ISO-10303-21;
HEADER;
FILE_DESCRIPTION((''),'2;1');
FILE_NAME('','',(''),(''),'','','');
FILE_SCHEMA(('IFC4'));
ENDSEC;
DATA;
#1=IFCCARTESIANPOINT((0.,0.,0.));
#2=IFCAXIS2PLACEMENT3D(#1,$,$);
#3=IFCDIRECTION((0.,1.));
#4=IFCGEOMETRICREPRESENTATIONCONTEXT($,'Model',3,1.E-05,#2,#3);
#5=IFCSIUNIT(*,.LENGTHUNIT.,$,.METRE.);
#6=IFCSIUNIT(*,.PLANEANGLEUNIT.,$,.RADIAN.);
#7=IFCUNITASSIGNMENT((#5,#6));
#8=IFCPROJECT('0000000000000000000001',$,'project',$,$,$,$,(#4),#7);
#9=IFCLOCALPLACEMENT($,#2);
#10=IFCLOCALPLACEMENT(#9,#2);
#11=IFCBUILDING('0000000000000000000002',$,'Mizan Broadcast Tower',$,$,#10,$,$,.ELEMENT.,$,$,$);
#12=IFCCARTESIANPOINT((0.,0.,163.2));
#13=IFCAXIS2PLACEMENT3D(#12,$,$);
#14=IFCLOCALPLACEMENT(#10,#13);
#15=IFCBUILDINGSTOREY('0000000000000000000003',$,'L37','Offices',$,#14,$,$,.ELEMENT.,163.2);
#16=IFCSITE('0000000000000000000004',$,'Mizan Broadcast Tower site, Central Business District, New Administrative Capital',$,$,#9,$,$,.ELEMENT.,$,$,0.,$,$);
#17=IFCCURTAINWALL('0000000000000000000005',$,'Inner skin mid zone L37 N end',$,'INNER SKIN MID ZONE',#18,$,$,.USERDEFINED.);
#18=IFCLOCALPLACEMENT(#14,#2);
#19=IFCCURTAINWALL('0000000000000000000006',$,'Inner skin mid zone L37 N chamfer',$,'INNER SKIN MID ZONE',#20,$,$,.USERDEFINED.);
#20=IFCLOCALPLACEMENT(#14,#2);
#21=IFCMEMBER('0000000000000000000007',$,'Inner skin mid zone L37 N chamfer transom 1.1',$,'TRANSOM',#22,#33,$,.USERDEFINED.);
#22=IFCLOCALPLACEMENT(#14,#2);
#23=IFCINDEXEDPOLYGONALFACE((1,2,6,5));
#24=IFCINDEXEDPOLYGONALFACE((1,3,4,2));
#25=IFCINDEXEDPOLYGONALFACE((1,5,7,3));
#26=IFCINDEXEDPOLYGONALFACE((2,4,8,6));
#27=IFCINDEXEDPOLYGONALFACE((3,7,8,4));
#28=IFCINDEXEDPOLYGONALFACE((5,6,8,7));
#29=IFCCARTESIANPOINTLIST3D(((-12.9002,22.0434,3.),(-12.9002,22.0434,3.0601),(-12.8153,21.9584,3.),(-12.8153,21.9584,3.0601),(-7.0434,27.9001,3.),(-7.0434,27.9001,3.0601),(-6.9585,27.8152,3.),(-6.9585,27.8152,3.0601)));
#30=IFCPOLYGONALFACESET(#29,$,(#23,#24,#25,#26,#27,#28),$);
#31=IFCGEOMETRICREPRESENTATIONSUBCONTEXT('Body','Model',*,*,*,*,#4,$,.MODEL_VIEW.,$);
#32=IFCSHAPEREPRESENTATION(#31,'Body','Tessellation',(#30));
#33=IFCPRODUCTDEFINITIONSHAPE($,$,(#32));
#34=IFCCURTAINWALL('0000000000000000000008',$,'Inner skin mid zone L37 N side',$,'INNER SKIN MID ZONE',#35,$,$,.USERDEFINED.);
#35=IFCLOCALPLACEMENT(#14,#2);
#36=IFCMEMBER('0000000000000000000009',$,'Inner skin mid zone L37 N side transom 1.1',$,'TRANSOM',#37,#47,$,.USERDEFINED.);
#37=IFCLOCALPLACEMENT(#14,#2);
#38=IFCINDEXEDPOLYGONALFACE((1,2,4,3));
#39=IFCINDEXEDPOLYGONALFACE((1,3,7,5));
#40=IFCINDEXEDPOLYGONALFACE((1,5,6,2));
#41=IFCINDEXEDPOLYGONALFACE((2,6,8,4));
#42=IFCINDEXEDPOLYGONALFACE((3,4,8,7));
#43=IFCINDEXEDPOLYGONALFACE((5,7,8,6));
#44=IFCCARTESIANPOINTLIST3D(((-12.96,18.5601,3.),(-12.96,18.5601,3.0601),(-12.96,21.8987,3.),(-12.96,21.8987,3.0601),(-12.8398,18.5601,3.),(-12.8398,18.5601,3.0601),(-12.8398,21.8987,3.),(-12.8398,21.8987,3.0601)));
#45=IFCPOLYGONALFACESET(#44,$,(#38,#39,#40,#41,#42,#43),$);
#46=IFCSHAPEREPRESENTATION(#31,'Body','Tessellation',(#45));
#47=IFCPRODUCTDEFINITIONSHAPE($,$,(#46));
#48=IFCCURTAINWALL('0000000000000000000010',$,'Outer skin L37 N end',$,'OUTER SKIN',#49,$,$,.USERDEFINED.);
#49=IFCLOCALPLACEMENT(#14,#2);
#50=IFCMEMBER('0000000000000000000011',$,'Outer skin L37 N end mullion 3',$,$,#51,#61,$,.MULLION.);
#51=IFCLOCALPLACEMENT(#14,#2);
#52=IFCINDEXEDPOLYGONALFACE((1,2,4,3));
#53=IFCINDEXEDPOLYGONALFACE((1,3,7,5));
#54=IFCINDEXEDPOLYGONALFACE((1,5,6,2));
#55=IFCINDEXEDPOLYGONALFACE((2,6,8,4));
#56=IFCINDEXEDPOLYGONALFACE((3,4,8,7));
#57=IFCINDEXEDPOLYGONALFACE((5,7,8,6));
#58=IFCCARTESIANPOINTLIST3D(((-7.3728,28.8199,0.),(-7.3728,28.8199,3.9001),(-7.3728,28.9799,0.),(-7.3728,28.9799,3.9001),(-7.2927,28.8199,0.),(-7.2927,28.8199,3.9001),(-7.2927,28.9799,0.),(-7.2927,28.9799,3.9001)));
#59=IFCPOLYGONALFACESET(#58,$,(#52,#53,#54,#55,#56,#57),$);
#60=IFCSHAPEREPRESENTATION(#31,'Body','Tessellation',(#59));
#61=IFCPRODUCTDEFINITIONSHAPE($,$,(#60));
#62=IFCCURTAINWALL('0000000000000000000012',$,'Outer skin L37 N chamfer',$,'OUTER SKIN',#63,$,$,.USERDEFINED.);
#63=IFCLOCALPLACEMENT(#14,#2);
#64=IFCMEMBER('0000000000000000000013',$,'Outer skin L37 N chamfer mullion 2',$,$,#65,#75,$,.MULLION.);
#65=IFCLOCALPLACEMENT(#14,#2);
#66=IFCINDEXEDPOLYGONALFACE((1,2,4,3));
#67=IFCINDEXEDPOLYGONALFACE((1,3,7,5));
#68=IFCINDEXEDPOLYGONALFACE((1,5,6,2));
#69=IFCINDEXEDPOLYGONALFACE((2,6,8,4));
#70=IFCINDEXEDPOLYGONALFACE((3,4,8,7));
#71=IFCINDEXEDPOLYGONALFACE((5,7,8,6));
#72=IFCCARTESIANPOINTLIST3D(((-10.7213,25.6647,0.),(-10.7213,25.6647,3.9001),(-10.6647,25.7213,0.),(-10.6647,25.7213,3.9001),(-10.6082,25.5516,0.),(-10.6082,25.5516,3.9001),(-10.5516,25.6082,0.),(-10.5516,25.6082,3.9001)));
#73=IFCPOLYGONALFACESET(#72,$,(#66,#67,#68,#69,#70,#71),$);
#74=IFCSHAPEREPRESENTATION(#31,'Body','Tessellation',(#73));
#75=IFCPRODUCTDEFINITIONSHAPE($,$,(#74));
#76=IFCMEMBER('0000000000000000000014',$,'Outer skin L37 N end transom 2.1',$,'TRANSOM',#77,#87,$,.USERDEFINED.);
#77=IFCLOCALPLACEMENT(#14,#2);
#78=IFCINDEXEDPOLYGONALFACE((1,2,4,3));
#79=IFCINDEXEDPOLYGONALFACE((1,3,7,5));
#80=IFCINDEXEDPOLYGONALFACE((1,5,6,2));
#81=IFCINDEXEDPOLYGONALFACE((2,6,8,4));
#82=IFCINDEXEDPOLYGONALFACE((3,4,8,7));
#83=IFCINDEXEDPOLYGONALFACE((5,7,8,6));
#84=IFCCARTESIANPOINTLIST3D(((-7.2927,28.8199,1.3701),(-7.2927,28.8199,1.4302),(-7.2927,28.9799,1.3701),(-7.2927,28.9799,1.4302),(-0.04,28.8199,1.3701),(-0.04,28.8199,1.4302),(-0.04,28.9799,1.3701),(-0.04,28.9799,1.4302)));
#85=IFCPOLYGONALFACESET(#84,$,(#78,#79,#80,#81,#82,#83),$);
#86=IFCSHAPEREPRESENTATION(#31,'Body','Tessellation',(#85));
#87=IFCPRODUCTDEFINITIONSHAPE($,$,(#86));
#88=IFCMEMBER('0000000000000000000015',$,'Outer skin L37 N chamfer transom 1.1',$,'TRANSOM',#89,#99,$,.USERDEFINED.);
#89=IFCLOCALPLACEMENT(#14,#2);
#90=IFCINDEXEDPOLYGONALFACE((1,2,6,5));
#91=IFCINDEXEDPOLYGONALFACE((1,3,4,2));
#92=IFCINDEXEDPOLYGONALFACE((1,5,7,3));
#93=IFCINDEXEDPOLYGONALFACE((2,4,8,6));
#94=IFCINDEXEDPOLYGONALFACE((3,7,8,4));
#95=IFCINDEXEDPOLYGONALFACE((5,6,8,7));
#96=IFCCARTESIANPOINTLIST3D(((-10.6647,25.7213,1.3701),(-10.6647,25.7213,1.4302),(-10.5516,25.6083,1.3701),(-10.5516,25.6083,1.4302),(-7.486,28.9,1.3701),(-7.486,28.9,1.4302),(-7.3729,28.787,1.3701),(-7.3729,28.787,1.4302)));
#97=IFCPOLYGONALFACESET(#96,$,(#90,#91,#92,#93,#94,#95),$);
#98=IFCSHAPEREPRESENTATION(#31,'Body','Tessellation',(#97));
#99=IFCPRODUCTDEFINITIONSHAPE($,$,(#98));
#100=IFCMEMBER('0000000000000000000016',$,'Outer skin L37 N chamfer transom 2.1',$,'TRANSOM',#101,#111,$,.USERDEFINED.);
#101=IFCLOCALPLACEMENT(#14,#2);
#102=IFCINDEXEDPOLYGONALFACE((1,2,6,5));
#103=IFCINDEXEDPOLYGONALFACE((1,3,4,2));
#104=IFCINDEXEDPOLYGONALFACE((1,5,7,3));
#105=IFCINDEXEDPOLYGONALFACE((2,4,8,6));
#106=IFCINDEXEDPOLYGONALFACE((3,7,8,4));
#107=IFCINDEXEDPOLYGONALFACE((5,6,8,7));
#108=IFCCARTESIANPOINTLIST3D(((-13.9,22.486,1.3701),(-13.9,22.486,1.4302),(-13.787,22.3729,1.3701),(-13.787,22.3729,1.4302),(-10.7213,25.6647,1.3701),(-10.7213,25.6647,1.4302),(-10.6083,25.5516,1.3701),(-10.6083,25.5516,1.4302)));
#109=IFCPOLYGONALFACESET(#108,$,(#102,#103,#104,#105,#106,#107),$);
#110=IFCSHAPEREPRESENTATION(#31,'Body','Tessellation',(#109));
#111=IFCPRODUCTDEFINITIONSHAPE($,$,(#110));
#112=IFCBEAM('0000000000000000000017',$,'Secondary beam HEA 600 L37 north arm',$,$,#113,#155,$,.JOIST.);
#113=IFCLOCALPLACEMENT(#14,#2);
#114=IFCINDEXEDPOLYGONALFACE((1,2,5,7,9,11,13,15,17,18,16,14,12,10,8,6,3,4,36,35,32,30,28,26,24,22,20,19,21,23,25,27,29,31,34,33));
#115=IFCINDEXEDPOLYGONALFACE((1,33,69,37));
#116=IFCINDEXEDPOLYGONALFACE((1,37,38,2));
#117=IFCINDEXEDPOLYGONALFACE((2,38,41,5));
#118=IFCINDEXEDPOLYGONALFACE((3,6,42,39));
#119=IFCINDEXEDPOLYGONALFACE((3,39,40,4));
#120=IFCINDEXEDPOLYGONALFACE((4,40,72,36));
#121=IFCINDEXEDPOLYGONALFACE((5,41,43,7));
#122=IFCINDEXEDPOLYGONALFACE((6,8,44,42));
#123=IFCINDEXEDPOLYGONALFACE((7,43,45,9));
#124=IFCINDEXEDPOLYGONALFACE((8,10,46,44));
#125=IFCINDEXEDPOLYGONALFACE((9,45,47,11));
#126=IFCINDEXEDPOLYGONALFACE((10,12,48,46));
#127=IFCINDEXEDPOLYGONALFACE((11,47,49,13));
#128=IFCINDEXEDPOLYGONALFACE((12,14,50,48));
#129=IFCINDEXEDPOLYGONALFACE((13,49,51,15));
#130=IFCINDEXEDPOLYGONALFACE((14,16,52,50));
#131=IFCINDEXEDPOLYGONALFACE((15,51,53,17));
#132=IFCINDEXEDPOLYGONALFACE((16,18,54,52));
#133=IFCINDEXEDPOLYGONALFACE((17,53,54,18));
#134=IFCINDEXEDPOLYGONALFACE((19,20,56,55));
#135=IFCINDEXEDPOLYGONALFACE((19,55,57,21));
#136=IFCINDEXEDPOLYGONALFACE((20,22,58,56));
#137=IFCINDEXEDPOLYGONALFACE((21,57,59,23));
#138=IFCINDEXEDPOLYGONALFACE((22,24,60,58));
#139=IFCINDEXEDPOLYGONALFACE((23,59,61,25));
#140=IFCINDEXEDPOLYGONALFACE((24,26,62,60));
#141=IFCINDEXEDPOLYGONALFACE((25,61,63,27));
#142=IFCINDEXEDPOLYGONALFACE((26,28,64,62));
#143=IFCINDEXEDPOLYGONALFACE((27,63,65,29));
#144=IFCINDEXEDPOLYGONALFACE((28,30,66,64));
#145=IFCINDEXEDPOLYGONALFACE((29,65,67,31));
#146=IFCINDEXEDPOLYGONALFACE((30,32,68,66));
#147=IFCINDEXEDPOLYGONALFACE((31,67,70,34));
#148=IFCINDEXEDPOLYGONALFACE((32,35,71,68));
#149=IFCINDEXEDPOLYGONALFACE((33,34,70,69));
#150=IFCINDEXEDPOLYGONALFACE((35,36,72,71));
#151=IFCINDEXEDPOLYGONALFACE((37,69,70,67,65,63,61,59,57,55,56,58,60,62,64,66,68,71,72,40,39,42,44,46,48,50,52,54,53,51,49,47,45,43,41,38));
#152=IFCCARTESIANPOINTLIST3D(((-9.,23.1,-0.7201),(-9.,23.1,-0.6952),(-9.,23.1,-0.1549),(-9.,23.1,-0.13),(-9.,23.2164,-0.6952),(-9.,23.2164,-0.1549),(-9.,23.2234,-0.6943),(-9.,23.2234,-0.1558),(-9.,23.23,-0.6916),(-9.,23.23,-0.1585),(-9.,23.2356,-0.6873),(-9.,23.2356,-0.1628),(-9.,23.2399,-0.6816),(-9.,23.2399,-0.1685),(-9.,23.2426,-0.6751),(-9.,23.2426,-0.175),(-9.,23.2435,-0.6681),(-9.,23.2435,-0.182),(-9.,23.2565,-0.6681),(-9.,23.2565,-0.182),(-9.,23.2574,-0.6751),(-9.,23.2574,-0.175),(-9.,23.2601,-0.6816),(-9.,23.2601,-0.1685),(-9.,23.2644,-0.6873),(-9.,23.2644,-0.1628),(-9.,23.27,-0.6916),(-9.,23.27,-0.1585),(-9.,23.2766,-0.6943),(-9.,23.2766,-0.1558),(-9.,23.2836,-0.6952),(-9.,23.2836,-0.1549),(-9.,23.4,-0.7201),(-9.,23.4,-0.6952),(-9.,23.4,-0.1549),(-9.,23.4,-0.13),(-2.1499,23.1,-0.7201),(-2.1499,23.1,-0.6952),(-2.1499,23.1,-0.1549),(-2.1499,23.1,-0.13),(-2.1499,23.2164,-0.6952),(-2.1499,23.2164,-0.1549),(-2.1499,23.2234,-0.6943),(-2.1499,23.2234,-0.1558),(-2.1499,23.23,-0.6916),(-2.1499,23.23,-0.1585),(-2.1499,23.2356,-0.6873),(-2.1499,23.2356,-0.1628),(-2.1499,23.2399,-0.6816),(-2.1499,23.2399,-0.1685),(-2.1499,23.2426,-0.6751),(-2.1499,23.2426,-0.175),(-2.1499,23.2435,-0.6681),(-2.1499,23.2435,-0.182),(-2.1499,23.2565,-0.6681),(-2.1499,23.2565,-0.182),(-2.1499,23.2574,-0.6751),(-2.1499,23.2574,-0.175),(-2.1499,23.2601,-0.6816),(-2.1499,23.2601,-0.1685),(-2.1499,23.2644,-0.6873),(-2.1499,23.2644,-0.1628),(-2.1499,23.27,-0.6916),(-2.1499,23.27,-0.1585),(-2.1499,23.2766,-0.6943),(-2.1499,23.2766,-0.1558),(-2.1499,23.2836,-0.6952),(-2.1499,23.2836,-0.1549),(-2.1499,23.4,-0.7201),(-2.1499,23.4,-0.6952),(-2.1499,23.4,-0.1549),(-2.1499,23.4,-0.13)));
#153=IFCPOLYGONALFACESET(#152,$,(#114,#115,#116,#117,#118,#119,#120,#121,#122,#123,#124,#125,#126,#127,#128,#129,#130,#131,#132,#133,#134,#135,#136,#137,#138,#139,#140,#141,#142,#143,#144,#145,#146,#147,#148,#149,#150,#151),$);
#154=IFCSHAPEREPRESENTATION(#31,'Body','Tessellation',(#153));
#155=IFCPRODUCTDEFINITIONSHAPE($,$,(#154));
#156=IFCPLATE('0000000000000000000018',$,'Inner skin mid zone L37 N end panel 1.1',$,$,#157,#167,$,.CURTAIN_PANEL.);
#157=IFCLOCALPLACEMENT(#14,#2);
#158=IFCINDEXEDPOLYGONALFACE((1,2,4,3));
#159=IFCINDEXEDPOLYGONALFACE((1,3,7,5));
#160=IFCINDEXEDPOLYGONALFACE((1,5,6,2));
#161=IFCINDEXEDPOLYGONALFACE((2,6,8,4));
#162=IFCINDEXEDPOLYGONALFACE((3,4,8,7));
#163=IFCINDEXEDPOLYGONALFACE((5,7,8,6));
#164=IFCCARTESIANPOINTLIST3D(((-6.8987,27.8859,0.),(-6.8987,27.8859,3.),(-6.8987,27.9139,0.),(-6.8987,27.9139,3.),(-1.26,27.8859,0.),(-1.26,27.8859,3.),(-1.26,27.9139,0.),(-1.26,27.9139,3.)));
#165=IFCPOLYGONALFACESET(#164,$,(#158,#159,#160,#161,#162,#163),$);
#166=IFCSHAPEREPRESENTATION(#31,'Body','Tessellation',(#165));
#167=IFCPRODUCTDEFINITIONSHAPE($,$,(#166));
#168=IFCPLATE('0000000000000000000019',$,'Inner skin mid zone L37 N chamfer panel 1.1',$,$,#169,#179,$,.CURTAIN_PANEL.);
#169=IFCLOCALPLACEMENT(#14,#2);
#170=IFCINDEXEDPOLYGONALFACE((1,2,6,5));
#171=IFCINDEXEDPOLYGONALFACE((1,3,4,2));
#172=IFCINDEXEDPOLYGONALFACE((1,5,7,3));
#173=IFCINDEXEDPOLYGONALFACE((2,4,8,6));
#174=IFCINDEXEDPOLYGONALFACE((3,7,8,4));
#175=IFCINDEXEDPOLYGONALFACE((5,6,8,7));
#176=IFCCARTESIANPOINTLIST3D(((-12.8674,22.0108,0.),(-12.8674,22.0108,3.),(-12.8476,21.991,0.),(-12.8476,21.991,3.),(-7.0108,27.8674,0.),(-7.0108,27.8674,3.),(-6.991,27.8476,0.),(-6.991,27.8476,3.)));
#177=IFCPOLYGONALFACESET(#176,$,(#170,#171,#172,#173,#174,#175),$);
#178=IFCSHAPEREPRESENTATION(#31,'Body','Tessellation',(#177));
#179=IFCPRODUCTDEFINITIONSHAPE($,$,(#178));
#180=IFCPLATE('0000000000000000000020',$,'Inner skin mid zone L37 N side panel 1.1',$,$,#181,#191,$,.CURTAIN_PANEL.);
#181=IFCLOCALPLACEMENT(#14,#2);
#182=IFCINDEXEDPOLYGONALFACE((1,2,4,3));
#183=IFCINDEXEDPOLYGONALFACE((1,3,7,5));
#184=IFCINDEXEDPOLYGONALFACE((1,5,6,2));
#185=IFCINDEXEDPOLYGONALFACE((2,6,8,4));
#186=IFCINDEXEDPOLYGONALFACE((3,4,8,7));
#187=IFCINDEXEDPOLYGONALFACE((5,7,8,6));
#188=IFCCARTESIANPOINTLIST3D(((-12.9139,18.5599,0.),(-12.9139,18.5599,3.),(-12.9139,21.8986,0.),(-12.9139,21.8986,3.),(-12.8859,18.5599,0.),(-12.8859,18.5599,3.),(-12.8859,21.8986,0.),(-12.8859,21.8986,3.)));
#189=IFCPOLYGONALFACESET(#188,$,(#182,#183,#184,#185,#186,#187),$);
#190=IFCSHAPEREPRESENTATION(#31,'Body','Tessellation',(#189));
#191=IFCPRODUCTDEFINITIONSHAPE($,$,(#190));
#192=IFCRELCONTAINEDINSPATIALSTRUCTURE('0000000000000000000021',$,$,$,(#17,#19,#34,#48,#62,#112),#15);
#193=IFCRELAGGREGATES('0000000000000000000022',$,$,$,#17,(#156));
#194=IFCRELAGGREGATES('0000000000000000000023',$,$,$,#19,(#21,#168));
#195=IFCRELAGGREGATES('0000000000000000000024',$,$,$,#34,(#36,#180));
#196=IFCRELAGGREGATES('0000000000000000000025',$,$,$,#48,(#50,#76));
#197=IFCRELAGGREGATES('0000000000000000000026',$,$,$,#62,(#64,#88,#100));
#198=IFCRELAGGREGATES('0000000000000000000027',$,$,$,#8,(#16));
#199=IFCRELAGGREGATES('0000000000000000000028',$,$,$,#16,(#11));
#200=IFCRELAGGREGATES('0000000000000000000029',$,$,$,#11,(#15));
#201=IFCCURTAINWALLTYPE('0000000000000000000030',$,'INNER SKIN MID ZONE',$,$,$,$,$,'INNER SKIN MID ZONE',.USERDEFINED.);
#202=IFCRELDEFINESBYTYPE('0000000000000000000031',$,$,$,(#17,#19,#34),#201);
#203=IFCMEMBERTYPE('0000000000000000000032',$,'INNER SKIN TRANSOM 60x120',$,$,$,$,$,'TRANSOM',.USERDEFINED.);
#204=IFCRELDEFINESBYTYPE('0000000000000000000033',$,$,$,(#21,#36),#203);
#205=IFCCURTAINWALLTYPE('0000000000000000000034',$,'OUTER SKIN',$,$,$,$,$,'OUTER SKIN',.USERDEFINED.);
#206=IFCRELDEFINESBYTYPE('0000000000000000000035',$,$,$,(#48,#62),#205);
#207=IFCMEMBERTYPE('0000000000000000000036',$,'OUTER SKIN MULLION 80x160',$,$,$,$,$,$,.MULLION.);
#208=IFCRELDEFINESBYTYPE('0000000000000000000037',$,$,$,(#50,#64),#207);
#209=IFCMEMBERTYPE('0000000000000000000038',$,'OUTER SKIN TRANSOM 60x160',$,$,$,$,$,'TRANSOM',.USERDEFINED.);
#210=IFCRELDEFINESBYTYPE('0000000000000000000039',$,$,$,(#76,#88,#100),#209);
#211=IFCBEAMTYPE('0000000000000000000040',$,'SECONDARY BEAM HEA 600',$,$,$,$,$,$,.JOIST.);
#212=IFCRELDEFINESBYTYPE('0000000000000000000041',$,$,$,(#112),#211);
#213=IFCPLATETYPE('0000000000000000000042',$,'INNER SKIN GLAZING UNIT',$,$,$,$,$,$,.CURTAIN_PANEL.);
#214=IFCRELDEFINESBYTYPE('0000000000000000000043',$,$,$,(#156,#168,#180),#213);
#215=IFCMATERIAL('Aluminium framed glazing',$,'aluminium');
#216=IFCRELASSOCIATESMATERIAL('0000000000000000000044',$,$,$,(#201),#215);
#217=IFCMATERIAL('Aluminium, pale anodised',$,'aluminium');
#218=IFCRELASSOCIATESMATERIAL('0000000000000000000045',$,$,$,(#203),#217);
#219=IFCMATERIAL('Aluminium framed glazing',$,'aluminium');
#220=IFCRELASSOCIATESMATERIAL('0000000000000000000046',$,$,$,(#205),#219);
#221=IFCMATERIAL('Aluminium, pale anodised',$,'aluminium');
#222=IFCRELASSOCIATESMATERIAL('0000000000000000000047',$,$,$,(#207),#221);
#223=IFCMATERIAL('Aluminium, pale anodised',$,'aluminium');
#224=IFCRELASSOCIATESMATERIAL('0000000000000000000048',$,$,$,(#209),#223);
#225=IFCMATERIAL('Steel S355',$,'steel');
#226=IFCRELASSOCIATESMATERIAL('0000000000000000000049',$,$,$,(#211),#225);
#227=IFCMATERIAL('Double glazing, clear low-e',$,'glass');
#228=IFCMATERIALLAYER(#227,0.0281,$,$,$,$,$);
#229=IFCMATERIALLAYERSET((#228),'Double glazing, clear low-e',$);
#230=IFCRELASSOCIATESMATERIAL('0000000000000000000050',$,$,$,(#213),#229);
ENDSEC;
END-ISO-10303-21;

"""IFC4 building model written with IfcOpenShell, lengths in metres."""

from ifc_helpers import new_model, si_unit, direction, frame, origin, origin_2d, place, context, subcontext, project, spatial, rectangle, i_section, extrude, material, layer, layer_set, material_profile, profile_set, type_object, element, aggregate, save


model = new_model("IFC4")

# Units and contexts
model_context = context("Model", 3, precision=1e-05, world=origin(), true_north=direction((0.0, 1.0)))
body_context = subcontext(model_context, "Body", "Model", "MODEL_VIEW")
ifc_project = project(units=[si_unit("LENGTHUNIT", "METRE"), si_unit("PLANEANGLEUNIT", "RADIAN")], contexts=[model_context])

# Site, building, storey
site_placement = place(None, origin())
site = spatial("IfcSite", under=ifc_project, at=site_placement, Name="Mizan Broadcast Tower site, Central Business District, New Administrative Capital", CompositionType="ELEMENT", RefElevation=0.0)
building_placement = place(site_placement, origin())
building = spatial("IfcBuilding", under=site, at=building_placement, Name="Mizan Broadcast Tower", CompositionType="ELEMENT")
storey_placement = place(building_placement, frame((0.0, 0.0, 163.2)))
storey = spatial("IfcBuildingStorey", under=building, at=storey_placement, Name="L37", Description="Offices", CompositionType="ELEMENT", Elevation=163.2)

# Curtain wall
ifc_material_1 = material(Name="Aluminium framed glazing", Category="aluminium")
curtain_wall_type_1 = type_object("IfcCurtainWallType", Name="INNER SKIN MID ZONE", ElementType="INNER SKIN MID ZONE", PredefinedType="USERDEFINED", material=ifc_material_1)
curtain_wall_1_placement = place(storey_placement, origin())
curtain_wall_1 = element("IfcCurtainWall", 1, at=curtain_wall_1_placement, inside=storey, type_object=curtain_wall_type_1, Name="Inner skin mid zone L37 N end", ObjectType="INNER SKIN MID ZONE", PredefinedType="USERDEFINED")

# Curtain wall
curtain_wall_2_placement = place(storey_placement, origin())
curtain_wall_2 = element("IfcCurtainWall", 2, at=curtain_wall_2_placement, inside=storey, type_object=curtain_wall_type_1, Name="Inner skin mid zone L37 N chamfer", ObjectType="INNER SKIN MID ZONE", PredefinedType="USERDEFINED")

# Member
ifc_material_2 = material(Name="Aluminium, pale anodised", Category="aluminium")
ifc_material_profile_1 = material_profile(ifc_material_2, rectangle(XDim=0.1201, YDim=0.0601, at=origin_2d()), Name="TRANSOM 120x60")
ifc_profile_set_1 = profile_set([ifc_material_profile_1], Name="Aluminium, pale anodised")
member_type_1 = type_object("IfcMemberType", Name="INNER SKIN TRANSOM 60x120", ElementType="TRANSOM", PredefinedType="USERDEFINED", material=ifc_profile_set_1)
member_1_placement = place(storey_placement, frame((-7.001, 27.8577, 3.03), z_axis=(-0.707107, -0.707107, 0.0), x_axis=(0.707107, -0.707107, 0.0)))
member_1 = element("IfcMember", 3, at=member_1_placement, type_object=member_type_1, Name="Inner skin mid zone L37 N chamfer transom 1.1", ObjectType="TRANSOM", PredefinedType="USERDEFINED", context=body_context, shape_type="SweptSolid", body=[
    extrude(rectangle(XDim=0.1201, YDim=0.0601, at=origin_2d()), origin(), (0.0, 0.0, 1.0), 8.2827),
])

# Curtain walls, members
curtain_wall_3_placement = place(storey_placement, origin())
curtain_wall_3 = element("IfcCurtainWall", 4, at=curtain_wall_3_placement, inside=storey, type_object=curtain_wall_type_1, Name="Inner skin mid zone L37 N side", ObjectType="INNER SKIN MID ZONE", PredefinedType="USERDEFINED")
member_2_placement = place(storey_placement, frame((-12.8999, 21.8987, 3.03), z_axis=(0.0, -1.0, 0.0), x_axis=(1.0, 0.0, 0.0)))
member_2 = element("IfcMember", 5, at=member_2_placement, type_object=member_type_1, Name="Inner skin mid zone L37 N side transom 1.1", ObjectType="TRANSOM", PredefinedType="USERDEFINED", context=body_context, shape_type="SweptSolid", body=[
    extrude(rectangle(XDim=0.1201, YDim=0.0601, at=origin_2d()), origin(), (0.0, 0.0, 1.0), 3.3386),
])
ifc_material_3 = material(Name="Aluminium framed glazing", Category="aluminium")
curtain_wall_type_2 = type_object("IfcCurtainWallType", Name="OUTER SKIN", ElementType="OUTER SKIN", PredefinedType="USERDEFINED", material=ifc_material_3)
curtain_wall_4_placement = place(storey_placement, origin())
curtain_wall_4 = element("IfcCurtainWall", 6, at=curtain_wall_4_placement, inside=storey, type_object=curtain_wall_type_2, Name="Outer skin L37 N end", ObjectType="OUTER SKIN", PredefinedType="USERDEFINED")
ifc_material_4 = material(Name="Aluminium, pale anodised", Category="aluminium")
ifc_material_profile_2 = material_profile(ifc_material_4, rectangle(XDim=0.1599, YDim=0.0801, at=origin_2d()), Name="MULLION 160x80")
ifc_profile_set_2 = profile_set([ifc_material_profile_2], Name="Aluminium, pale anodised")
member_type_2 = type_object("IfcMemberType", Name="OUTER SKIN MULLION 80x160", PredefinedType="MULLION", material=ifc_profile_set_2)
member_3_placement = place(storey_placement, frame((-7.3328, 28.8999, 0.0), z_axis=(0.0, 0.0, 1.0), x_axis=(0.0, -1.0, 0.0)))
member_3 = element("IfcMember", 7, at=member_3_placement, type_object=member_type_2, Name="Outer skin L37 N end mullion 3", PredefinedType="MULLION", context=body_context, shape_type="SweptSolid", body=[
    extrude(rectangle(XDim=0.1599, YDim=0.0801, at=origin_2d()), origin(), (0.0, 0.0, 1.0), 3.9001),
])
curtain_wall_5_placement = place(storey_placement, origin())
curtain_wall_5 = element("IfcCurtainWall", 8, at=curtain_wall_5_placement, inside=storey, type_object=curtain_wall_type_2, Name="Outer skin L37 N chamfer", ObjectType="OUTER SKIN", PredefinedType="USERDEFINED")
member_4_placement = place(storey_placement, frame((-10.6365, 25.6365, 0.0), z_axis=(0.0, 0.0, 1.0), x_axis=(0.707107, -0.707107, 0.0)))
member_4 = element("IfcMember", 9, at=member_4_placement, type_object=member_type_2, Name="Outer skin L37 N chamfer mullion 2", PredefinedType="MULLION", context=body_context, shape_type="SweptSolid", body=[
    extrude(rectangle(XDim=0.1599, YDim=0.0801, at=origin_2d()), origin(), (0.0, 0.0, 1.0), 3.9001),
])

# Members
ifc_material_5 = material(Name="Aluminium, pale anodised", Category="aluminium")
ifc_material_profile_3 = material_profile(ifc_material_5, rectangle(XDim=0.1599, YDim=0.0601, at=origin_2d()), Name="TRANSOM 160x60")
ifc_profile_set_3 = profile_set([ifc_material_profile_3], Name="Aluminium, pale anodised")
member_type_3 = type_object("IfcMemberType", Name="OUTER SKIN TRANSOM 60x160", ElementType="TRANSOM", PredefinedType="USERDEFINED", material=ifc_profile_set_3)
member_5_placement = place(storey_placement, frame((-0.04, 28.8999, 1.4001), z_axis=(-1.0, 0.0, 0.0), x_axis=(0.0, -1.0, 0.0)))
member_5 = element("IfcMember", 10, at=member_5_placement, type_object=member_type_3, Name="Outer skin L37 N end transom 2.1", ObjectType="TRANSOM", PredefinedType="USERDEFINED", context=body_context, shape_type="SweptSolid", body=[
    extrude(rectangle(XDim=0.1599, YDim=0.0601, at=origin_2d()), origin(), (0.0, 0.0, 1.0), 7.2527),
])
member_6_placement = place(storey_placement, frame((-7.4294, 28.8435, 1.4001), z_axis=(-0.707107, -0.707107, 0.0), x_axis=(0.707107, -0.707107, 0.0)))
member_6 = element("IfcMember", 11, at=member_6_placement, type_object=member_type_3, Name="Outer skin L37 N chamfer transom 1.1", ObjectType="TRANSOM", PredefinedType="USERDEFINED", context=body_context, shape_type="SweptSolid", body=[
    extrude(rectangle(XDim=0.1599, YDim=0.0601, at=origin_2d()), origin(), (0.0, 0.0, 1.0), 4.4954),
])
member_7_placement = place(storey_placement, frame((-10.6648, 25.6082, 1.4001), z_axis=(-0.707107, -0.707107, 0.0), x_axis=(0.707107, -0.707107, 0.0)))
member_7 = element("IfcMember", 12, at=member_7_placement, type_object=member_type_3, Name="Outer skin L37 N chamfer transom 2.1", ObjectType="TRANSOM", PredefinedType="USERDEFINED", context=body_context, shape_type="SweptSolid", body=[
    extrude(rectangle(XDim=0.1599, YDim=0.0601, at=origin_2d()), origin(), (0.0, 0.0, 1.0), 4.4954),
])

# Beam
ifc_material_6 = material(Name="Steel S355", Category="steel")
ifc_material_profile_4 = material_profile(ifc_material_6, i_section(OverallWidth=0.3, OverallDepth=0.5901, WebThickness=0.0129, FlangeThickness=0.0249, FilletRadius=0.0271, at=origin_2d()), Name="HEA 600")
ifc_profile_set_4 = profile_set([ifc_material_profile_4], Name="Steel S355")
beam_type_1 = type_object("IfcBeamType", Name="SECONDARY BEAM HEA 600", PredefinedType="JOIST", material=ifc_profile_set_4)
beam_1_placement = place(storey_placement, frame((-9.0, 23.25, -0.425), z_axis=(1.0, 0.0, 0.0), x_axis=(0.0, 1.0, 0.0)))
element("IfcBeam", 13, at=beam_1_placement, inside=storey, type_object=beam_type_1, Name="Secondary beam HEA 600 L37 north arm", PredefinedType="JOIST", context=body_context, shape_type="SweptSolid", body=[
    extrude(i_section(OverallWidth=0.3, OverallDepth=0.5901, WebThickness=0.0129, FlangeThickness=0.0249, FilletRadius=0.0271, at=origin_2d()), origin(), (0.0, 0.0, 1.0), 6.8501),
])

# Plates
ifc_material_7 = material(Name="Double glazing, clear low-e", Category="glass")
ifc_layer_1 = layer(ifc_material_7, 0.0281)
ifc_layer_set_1 = layer_set([ifc_layer_1], Name="Double glazing, clear low-e")
plate_type_1 = type_object("IfcPlateType", Name="INNER SKIN GLAZING UNIT", PredefinedType="CURTAIN_PANEL", material=ifc_layer_set_1)
plate_1_placement = place(storey_placement, frame((-4.0793, 27.8999, 0.0), z_axis=(0.0, 0.0, 1.0), x_axis=(-1.0, 0.0, 0.0)))
plate_1 = element("IfcPlate", 14, at=plate_1_placement, type_object=plate_type_1, Name="Inner skin mid zone L37 N end panel 1.1", PredefinedType="CURTAIN_PANEL", context=body_context, shape_type="SweptSolid", body=[
    extrude(rectangle(XDim=5.6387, YDim=0.0281, at=origin_2d()), origin(), (0.0, 0.0, 1.0), 3.0),
])
plate_2_placement = place(storey_placement, frame((-9.9292, 24.9292, 0.0), z_axis=(0.0, 0.0, 1.0), x_axis=(-0.707107, -0.707107, 0.0)))
plate_2 = element("IfcPlate", 15, at=plate_2_placement, type_object=plate_type_1, Name="Inner skin mid zone L37 N chamfer panel 1.1", PredefinedType="CURTAIN_PANEL", context=body_context, shape_type="SweptSolid", body=[
    extrude(rectangle(XDim=8.2825, YDim=0.0281, at=origin_2d()), origin(), (0.0, 0.0, 1.0), 3.0),
])
plate_3_placement = place(storey_placement, frame((-12.8999, 20.2292, 0.0), z_axis=(0.0, 0.0, 1.0), x_axis=(0.0, -1.0, 0.0)))
plate_3 = element("IfcPlate", 16, at=plate_3_placement, type_object=plate_type_1, Name="Inner skin mid zone L37 N side panel 1.1", PredefinedType="CURTAIN_PANEL", context=body_context, shape_type="SweptSolid", body=[
    extrude(rectangle(XDim=3.3386, YDim=0.0281, at=origin_2d()), origin(), (0.0, 0.0, 1.0), 3.0),
])
aggregate(curtain_wall_1, [plate_1])
aggregate(curtain_wall_2, [member_1, plate_2])
aggregate(curtain_wall_3, [member_2, plate_3])
aggregate(curtain_wall_4, [member_3, member_5])
aggregate(curtain_wall_5, [member_4, member_6, member_7])

save(model, "model.ifc")
